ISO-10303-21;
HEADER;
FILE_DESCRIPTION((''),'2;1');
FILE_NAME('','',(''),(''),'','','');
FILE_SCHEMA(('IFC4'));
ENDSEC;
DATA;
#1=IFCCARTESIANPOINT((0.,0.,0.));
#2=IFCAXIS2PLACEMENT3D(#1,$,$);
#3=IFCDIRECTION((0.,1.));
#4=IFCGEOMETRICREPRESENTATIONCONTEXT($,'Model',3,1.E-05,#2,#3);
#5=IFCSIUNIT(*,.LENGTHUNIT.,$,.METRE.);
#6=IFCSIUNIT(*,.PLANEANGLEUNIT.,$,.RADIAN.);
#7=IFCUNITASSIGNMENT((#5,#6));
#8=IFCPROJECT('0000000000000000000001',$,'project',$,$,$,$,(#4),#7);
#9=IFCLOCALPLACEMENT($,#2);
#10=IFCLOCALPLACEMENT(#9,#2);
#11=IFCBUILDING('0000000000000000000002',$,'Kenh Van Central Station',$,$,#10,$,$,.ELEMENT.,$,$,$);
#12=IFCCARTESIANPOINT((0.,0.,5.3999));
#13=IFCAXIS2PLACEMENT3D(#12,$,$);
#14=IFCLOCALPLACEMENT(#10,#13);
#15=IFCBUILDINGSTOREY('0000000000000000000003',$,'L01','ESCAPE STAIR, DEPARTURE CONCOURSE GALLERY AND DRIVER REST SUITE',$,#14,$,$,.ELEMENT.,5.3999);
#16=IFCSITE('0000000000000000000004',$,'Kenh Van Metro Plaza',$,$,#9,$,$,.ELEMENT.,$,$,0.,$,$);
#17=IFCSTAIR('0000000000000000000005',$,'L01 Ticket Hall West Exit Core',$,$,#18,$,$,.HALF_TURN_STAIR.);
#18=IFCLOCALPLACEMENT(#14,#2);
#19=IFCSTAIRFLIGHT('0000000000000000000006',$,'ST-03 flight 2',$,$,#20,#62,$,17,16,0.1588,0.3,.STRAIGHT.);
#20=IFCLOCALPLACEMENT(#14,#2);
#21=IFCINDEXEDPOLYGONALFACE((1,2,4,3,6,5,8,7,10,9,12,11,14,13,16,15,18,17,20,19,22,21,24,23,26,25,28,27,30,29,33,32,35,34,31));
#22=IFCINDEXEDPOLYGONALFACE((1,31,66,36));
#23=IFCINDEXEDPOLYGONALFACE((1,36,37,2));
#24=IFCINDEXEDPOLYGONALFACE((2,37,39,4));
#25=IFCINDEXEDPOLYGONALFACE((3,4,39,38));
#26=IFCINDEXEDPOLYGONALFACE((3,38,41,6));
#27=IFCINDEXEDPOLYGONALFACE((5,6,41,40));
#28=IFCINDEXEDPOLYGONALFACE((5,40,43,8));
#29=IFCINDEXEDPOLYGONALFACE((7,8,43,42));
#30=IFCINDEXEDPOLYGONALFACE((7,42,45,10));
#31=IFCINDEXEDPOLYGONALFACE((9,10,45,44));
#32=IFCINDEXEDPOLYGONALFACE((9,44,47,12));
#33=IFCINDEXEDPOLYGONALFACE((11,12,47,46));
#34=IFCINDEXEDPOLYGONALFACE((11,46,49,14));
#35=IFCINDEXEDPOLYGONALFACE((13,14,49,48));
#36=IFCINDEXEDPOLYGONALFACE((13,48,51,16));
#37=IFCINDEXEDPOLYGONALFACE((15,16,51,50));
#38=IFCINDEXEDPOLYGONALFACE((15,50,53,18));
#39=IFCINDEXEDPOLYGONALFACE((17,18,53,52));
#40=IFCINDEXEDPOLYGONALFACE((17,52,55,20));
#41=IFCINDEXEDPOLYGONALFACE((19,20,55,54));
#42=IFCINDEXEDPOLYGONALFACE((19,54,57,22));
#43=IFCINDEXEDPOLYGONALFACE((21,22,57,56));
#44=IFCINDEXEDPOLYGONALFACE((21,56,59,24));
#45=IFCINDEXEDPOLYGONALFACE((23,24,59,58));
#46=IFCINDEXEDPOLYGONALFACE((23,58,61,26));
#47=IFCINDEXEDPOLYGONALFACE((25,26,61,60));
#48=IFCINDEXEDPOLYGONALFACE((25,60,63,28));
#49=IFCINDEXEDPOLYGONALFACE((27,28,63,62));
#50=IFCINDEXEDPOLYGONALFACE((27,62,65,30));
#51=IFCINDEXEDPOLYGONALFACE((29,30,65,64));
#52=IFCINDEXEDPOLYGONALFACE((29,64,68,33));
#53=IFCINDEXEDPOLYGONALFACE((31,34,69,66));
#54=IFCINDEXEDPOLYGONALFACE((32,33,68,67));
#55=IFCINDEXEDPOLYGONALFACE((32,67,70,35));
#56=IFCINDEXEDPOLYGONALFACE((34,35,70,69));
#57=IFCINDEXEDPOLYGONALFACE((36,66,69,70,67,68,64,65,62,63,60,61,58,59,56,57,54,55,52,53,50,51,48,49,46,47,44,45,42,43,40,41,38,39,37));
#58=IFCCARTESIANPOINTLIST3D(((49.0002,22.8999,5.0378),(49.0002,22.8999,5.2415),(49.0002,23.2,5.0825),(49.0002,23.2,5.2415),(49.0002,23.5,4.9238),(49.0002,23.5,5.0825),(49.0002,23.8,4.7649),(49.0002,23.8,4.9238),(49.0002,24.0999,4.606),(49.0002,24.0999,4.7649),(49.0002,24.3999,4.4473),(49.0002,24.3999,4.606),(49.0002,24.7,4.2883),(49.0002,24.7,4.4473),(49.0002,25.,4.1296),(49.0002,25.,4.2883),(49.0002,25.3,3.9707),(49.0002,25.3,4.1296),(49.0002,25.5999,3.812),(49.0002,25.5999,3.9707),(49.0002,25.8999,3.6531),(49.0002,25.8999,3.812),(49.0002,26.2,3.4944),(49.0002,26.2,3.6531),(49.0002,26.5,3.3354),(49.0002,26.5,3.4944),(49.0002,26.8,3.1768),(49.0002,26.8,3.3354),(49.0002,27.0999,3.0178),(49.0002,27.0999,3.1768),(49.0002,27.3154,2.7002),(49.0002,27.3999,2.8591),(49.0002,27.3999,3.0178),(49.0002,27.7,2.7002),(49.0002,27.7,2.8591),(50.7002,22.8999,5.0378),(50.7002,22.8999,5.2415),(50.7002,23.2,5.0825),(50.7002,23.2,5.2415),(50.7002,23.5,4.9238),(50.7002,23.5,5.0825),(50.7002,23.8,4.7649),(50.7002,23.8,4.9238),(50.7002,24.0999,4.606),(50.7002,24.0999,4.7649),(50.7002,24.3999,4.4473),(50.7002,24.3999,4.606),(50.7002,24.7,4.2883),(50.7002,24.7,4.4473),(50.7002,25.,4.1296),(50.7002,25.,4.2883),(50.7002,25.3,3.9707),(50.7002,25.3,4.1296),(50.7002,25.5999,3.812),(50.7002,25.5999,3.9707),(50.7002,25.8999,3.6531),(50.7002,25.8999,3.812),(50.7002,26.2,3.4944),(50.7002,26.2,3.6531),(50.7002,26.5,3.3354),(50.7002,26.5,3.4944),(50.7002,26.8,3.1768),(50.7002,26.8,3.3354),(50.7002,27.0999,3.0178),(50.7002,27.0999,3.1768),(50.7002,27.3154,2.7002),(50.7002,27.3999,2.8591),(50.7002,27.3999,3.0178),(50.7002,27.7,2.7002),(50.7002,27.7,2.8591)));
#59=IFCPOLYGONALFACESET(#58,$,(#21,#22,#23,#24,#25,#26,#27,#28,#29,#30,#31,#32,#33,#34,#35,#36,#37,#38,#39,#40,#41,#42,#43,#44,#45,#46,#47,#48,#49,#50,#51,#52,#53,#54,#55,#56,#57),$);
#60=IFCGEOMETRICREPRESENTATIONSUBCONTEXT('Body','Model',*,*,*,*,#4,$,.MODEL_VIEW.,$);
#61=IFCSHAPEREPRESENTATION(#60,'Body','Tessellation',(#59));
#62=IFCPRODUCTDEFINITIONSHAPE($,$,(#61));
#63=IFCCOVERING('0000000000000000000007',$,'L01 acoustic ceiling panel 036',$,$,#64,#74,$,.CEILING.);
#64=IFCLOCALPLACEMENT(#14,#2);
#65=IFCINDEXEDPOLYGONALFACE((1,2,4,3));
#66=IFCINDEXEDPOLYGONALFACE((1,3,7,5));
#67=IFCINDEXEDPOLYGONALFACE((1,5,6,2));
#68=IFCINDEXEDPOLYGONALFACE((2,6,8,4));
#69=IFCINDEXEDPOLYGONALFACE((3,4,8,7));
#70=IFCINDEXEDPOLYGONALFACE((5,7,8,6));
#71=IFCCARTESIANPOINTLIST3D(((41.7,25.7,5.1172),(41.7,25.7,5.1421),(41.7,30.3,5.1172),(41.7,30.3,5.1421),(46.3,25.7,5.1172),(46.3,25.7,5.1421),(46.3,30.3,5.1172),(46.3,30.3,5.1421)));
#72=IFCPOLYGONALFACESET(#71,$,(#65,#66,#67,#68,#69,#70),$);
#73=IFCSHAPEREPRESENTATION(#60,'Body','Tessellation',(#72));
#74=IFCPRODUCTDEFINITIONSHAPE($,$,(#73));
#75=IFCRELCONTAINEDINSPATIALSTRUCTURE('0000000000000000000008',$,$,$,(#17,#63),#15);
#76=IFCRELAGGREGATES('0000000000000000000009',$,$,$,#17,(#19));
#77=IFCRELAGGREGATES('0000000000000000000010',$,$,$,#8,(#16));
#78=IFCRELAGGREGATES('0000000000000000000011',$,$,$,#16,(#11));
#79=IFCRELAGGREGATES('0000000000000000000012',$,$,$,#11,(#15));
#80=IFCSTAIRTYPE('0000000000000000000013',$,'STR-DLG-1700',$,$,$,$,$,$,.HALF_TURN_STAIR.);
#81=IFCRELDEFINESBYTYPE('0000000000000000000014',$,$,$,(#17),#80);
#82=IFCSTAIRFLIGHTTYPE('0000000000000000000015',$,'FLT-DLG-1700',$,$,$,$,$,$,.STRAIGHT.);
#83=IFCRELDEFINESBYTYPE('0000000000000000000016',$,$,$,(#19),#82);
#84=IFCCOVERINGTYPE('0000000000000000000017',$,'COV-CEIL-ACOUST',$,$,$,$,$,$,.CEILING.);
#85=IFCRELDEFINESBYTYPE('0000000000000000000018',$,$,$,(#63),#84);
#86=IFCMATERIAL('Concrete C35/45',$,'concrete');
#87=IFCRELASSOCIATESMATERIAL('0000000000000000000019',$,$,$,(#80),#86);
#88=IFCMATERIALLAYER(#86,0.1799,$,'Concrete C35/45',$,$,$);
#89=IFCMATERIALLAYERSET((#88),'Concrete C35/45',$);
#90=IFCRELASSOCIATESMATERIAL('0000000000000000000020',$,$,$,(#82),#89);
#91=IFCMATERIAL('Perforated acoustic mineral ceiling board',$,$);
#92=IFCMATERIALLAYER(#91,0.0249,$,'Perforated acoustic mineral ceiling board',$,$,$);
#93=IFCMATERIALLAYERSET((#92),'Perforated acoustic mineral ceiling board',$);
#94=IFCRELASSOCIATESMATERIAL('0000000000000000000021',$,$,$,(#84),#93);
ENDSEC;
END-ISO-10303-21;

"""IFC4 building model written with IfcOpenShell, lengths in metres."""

from ifc_helpers import new_model, si_unit, direction, frame, origin, origin_2d, place, context, subcontext, project, spatial, polyline, rectangle, outline, extrude, material, layer, layer_set, type_object, element, aggregate, save


model = new_model("IFC4")

# Units and contexts
model_context = context("Model", 3, precision=1e-05, world=origin(), true_north=direction((0.0, 1.0)))
body_context = subcontext(model_context, "Body", "Model", "MODEL_VIEW")
ifc_project = project(units=[si_unit("LENGTHUNIT", "METRE"), si_unit("PLANEANGLEUNIT", "RADIAN")], contexts=[model_context])

# Site, building, storey
site_placement = place(None, origin())
site = spatial("IfcSite", under=ifc_project, at=site_placement, Name="Kenh Van Metro Plaza", CompositionType="ELEMENT", RefElevation=0.0)
building_placement = place(site_placement, origin())
building = spatial("IfcBuilding", under=site, at=building_placement, Name="Kenh Van Central Station", CompositionType="ELEMENT")
storey_placement = place(building_placement, frame((0.0, 0.0, 5.3999)))
storey = spatial("IfcBuildingStorey", under=building, at=storey_placement, Name="L01", Description="ESCAPE STAIR, DEPARTURE CONCOURSE GALLERY AND DRIVER REST SUITE", CompositionType="ELEMENT", Elevation=5.3999)

# Shared definitions
ifc_material_1 = material(Name="Concrete C35/45", Category="concrete")

# Stair, stair flight
stair_type = type_object("IfcStairType", Name="STR-DLG-1700", PredefinedType="HALF_TURN_STAIR", material=ifc_material_1)
stair_placement = place(storey_placement, origin())
stair = element("IfcStair", 1, at=stair_placement, inside=storey, type_object=stair_type, Name="L01 Ticket Hall West Exit Core", PredefinedType="HALF_TURN_STAIR")
ifc_layer_1 = layer(ifc_material_1, 0.1799, Name="Concrete C35/45")
ifc_layer_set_1 = layer_set([ifc_layer_1], Name="Concrete C35/45")
stair_flight_type = type_object("IfcStairFlightType", Name="FLT-DLG-1700", PredefinedType="STRAIGHT", material=ifc_layer_set_1)
stair_flight_1_placement = place(storey_placement, frame((49.8501, 27.7, 2.7002), z_axis=(0.0, 0.0, 1.0), x_axis=(0.0, -1.0, 0.0)))
stair_flight_1 = element("IfcStairFlight", 2, at=stair_flight_1_placement, type_object=stair_flight_type, Name="ST-03 flight 2", NumberOfRisers=17, NumberOfTreads=16, PredefinedType="STRAIGHT", RiserHeight=0.1588, TreadLength=0.3, context=body_context, shape_type="SweptSolid", body=[
    extrude(outline(polyline([(0.0, 0.0), (0.0, 0.1589), (0.3, 0.1589), (0.3, 0.3176), (0.6001, 0.3176), (0.6001, 0.4766), (0.8999, 0.4766), (0.8999, 0.6353), (1.2, 0.6353), (1.2, 0.7942), (1.5, 0.7942), (1.5, 0.9529), (1.8, 0.9529), (1.8, 1.1118), (2.1001, 1.1118), (2.1001, 1.2705), (2.3999, 1.2705), (2.3999, 1.4294), (2.7, 1.4294), (2.7, 1.5881), (3.0, 1.5881), (3.0, 1.7471), (3.3, 1.7471), (3.3, 1.9058), (3.6001, 1.9058), (3.6001, 2.0647), (3.8999, 2.0647), (3.8999, 2.2236), (4.2, 2.2236), (4.2, 2.3823), (4.5, 2.3823), (4.5, 2.5413), (4.8, 2.5413), (4.8, 2.7), (4.8, 2.3376), (0.3845, 0.0), (0.0, 0.0)])), frame((0.0, 0.8501, 0.0), z_axis=(0.0, -1.0, 0.0), x_axis=(1.0, 0.0, 0.0)), (0.0, 0.0, 1.0), 1.7),
])
aggregate(stair, [stair_flight_1])

# Covering
ifc_material_2 = material(Name="Perforated acoustic mineral ceiling board")
ifc_layer_2 = layer(ifc_material_2, 0.0249, Name="Perforated acoustic mineral ceiling board")
ifc_layer_set_2 = layer_set([ifc_layer_2], Name="Perforated acoustic mineral ceiling board")
covering_type = type_object("IfcCoveringType", Name="COV-CEIL-ACOUST", PredefinedType="CEILING", material=ifc_layer_set_2)
covering_placement = place(storey_placement, frame((44.0, 28.0, 5.1172), z_axis=(0.0, 0.0, 1.0), x_axis=(1.0, 0.0, 0.0)))
element("IfcCovering", 3, at=covering_placement, inside=storey, type_object=covering_type, Name="L01 acoustic ceiling panel 036", PredefinedType="CEILING", context=body_context, shape_type="SweptSolid", body=[
    extrude(rectangle(XDim=4.6001, YDim=4.6001, at=origin_2d()), origin(), (0.0, 0.0, 1.0), 0.0249),
])

save(model, "model.ifc")
